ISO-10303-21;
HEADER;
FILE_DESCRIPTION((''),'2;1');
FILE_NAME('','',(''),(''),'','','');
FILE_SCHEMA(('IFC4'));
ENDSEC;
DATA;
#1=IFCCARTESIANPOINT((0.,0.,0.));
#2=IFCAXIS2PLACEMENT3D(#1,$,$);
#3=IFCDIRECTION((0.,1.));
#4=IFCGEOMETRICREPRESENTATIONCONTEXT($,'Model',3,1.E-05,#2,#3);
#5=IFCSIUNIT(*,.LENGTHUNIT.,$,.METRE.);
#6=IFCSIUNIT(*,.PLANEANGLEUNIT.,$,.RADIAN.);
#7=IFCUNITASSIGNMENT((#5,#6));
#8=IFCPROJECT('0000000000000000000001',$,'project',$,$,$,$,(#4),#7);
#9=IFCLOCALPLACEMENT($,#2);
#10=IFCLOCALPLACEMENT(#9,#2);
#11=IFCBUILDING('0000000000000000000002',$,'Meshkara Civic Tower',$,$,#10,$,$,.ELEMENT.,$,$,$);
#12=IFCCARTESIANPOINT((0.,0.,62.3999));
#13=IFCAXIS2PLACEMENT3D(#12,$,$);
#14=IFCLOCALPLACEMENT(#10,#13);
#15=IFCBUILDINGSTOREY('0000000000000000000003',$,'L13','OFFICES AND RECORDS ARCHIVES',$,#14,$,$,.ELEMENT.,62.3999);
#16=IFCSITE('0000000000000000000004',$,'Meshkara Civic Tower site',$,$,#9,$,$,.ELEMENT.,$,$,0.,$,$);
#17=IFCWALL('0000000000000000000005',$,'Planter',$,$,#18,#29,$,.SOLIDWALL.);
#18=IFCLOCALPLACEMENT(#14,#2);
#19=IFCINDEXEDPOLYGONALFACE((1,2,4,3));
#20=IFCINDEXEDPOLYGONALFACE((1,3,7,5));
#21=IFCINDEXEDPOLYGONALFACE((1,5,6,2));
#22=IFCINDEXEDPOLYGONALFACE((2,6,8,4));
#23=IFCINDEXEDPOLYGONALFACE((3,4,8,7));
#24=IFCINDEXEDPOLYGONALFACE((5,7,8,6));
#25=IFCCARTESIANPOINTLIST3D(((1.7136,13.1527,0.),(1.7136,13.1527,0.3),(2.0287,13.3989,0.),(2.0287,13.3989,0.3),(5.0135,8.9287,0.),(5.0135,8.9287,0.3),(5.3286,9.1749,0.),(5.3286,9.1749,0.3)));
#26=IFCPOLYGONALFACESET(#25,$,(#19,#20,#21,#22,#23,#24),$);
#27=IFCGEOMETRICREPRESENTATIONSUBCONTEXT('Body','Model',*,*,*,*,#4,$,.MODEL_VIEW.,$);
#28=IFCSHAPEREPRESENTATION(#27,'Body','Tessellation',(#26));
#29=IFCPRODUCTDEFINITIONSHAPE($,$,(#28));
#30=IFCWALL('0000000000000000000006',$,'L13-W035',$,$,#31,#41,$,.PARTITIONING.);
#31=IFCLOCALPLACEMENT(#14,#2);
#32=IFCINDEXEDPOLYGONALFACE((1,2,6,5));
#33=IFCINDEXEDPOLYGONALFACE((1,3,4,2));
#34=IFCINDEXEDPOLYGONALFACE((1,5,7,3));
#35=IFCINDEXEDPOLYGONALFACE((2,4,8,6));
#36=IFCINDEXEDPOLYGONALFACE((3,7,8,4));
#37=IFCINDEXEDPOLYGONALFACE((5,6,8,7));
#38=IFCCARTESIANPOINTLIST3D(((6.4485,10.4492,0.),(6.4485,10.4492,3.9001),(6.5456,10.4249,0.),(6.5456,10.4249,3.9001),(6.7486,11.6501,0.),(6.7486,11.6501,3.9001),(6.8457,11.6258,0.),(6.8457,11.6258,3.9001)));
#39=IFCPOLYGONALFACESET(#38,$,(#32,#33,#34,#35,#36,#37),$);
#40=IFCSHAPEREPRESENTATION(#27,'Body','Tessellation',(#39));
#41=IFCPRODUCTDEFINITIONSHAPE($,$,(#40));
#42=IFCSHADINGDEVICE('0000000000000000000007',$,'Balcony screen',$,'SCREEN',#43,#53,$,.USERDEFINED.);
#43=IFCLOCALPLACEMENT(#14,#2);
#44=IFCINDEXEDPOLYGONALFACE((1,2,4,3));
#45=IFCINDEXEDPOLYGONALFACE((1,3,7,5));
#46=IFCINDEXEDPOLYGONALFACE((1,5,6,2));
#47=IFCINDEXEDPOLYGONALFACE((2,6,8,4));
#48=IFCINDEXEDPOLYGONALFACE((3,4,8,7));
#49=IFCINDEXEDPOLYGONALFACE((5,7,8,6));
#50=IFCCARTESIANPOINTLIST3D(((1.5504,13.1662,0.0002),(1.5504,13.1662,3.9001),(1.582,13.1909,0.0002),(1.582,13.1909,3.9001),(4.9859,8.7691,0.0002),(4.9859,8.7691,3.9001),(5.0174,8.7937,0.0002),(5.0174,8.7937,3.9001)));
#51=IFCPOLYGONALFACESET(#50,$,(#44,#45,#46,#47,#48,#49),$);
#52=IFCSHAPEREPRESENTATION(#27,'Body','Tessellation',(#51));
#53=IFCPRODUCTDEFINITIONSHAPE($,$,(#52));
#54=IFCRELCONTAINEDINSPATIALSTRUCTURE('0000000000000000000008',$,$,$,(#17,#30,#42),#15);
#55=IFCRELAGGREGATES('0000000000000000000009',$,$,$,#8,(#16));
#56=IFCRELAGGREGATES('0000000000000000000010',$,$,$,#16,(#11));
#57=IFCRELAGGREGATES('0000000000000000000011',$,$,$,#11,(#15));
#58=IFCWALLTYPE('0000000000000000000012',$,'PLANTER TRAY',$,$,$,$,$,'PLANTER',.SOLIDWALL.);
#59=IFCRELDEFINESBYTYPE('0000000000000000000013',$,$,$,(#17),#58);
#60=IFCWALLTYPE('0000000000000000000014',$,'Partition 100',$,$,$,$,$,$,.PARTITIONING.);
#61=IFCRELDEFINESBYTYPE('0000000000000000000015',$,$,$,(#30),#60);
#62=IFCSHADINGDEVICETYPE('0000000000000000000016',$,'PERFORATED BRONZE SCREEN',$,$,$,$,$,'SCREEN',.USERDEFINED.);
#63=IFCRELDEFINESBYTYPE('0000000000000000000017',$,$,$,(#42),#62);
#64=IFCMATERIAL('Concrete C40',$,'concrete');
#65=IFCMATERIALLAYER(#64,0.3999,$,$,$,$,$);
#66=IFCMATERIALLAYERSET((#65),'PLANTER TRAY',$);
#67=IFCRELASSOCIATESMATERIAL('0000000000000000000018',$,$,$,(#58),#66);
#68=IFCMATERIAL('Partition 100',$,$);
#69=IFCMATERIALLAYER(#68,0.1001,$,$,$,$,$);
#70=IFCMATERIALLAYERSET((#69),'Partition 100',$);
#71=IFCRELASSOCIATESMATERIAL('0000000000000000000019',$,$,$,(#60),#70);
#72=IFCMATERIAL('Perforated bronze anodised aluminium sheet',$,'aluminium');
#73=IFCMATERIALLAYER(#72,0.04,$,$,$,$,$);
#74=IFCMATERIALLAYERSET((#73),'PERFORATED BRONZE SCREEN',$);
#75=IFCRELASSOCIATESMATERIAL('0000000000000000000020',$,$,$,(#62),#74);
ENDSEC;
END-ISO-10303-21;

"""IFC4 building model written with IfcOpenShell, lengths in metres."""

from ifc_helpers import new_model, si_unit, direction, frame, frame_2d, origin, origin_2d, place, context, subcontext, project, spatial, rectangle, extrude, material, layer, layer_set, type_object, element, save


model = new_model("IFC4")

# Units and contexts
model_context = context("Model", 3, precision=1e-05, world=origin(), true_north=direction((0.0, 1.0)))
body_context = subcontext(model_context, "Body", "Model", "MODEL_VIEW")
ifc_project = project(units=[si_unit("LENGTHUNIT", "METRE"), si_unit("PLANEANGLEUNIT", "RADIAN")], contexts=[model_context])

# Site, building, storey
site_placement = place(None, origin())
site = spatial("IfcSite", under=ifc_project, at=site_placement, Name="Meshkara Civic Tower site", CompositionType="ELEMENT", RefElevation=0.0)
building_placement = place(site_placement, origin())
building = spatial("IfcBuilding", under=site, at=building_placement, Name="Meshkara Civic Tower", CompositionType="ELEMENT")
storey_placement = place(building_placement, frame((0.0, 0.0, 62.3999)))
storey = spatial("IfcBuildingStorey", under=building, at=storey_placement, Name="L13", Description="OFFICES AND RECORDS ARCHIVES", CompositionType="ELEMENT", Elevation=62.3999)

# Walls
ifc_material_1 = material(Name="Concrete C40", Category="concrete")
ifc_layer_1 = layer(ifc_material_1, 0.3999)
ifc_layer_set_1 = layer_set([ifc_layer_1], Name="PLANTER TRAY")
wall_type_1 = type_object("IfcWallType", Name="PLANTER TRAY", ElementType="PLANTER", PredefinedType="SOLIDWALL", material=ifc_layer_set_1)
wall_1_placement = place(storey_placement, frame((1.8711, 13.2759, 0.0), z_axis=(0.0, 0.0, 1.0), x_axis=(0.615633, -0.788033, 0.0)))
element("IfcWall", 1, at=wall_1_placement, inside=storey, type_object=wall_type_1, Name="Planter", PredefinedType="SOLIDWALL", context=body_context, shape_type="SweptSolid", body=[
    extrude(rectangle(XDim=5.3601, YDim=0.3999, at=frame_2d((2.6802, 0.0))), origin(), (0.0, 0.0, 1.0), 0.3),
])
ifc_material_2 = material(Name="Partition 100")
ifc_layer_2 = layer(ifc_material_2, 0.1001)
ifc_layer_set_2 = layer_set([ifc_layer_2], Name="Partition 100")
wall_type_2 = type_object("IfcWallType", Name="Partition 100", PredefinedType="PARTITIONING", material=ifc_layer_set_2)
wall_2_placement = place(storey_placement, frame((6.7971, 11.6379, 0.0), z_axis=(0.0, 0.0, 1.0), x_axis=(-0.242396, -0.970177, 0.0)))
element("IfcWall", 2, at=wall_2_placement, inside=storey, type_object=wall_type_2, Name="L13-W035", PredefinedType="PARTITIONING", context=body_context, shape_type="SweptSolid", body=[
    extrude(rectangle(XDim=1.2378, YDim=0.1001, at=frame_2d((0.6189, 0.0))), origin(), (0.0, 0.0, 1.0), 3.9001),
])

# Shading device
ifc_material_3 = material(Name="Perforated bronze anodised aluminium sheet", Category="aluminium")
ifc_layer_3 = layer(ifc_material_3, 0.04)
ifc_layer_set_3 = layer_set([ifc_layer_3], Name="PERFORATED BRONZE SCREEN")
shading_device_type = type_object("IfcShadingDeviceType", Name="PERFORATED BRONZE SCREEN", ElementType="SCREEN", PredefinedType="USERDEFINED", material=ifc_layer_set_3)
shading_device_placement = place(storey_placement, frame((3.2839, 10.98, 0.0002), z_axis=(0.0, 0.0, 1.0), x_axis=(0.615661, -0.788011, 0.0)))
element("IfcShadingDevice", 3, at=shading_device_placement, inside=storey, type_object=shading_device_type, Name="Balcony screen", ObjectType="SCREEN", PredefinedType="USERDEFINED", context=body_context, shape_type="SweptSolid", body=[
    extrude(rectangle(XDim=5.5801, YDim=0.04, at=origin_2d()), origin(), (0.0, 0.0, 1.0), 3.8999),
])

save(model, "model.ifc")
